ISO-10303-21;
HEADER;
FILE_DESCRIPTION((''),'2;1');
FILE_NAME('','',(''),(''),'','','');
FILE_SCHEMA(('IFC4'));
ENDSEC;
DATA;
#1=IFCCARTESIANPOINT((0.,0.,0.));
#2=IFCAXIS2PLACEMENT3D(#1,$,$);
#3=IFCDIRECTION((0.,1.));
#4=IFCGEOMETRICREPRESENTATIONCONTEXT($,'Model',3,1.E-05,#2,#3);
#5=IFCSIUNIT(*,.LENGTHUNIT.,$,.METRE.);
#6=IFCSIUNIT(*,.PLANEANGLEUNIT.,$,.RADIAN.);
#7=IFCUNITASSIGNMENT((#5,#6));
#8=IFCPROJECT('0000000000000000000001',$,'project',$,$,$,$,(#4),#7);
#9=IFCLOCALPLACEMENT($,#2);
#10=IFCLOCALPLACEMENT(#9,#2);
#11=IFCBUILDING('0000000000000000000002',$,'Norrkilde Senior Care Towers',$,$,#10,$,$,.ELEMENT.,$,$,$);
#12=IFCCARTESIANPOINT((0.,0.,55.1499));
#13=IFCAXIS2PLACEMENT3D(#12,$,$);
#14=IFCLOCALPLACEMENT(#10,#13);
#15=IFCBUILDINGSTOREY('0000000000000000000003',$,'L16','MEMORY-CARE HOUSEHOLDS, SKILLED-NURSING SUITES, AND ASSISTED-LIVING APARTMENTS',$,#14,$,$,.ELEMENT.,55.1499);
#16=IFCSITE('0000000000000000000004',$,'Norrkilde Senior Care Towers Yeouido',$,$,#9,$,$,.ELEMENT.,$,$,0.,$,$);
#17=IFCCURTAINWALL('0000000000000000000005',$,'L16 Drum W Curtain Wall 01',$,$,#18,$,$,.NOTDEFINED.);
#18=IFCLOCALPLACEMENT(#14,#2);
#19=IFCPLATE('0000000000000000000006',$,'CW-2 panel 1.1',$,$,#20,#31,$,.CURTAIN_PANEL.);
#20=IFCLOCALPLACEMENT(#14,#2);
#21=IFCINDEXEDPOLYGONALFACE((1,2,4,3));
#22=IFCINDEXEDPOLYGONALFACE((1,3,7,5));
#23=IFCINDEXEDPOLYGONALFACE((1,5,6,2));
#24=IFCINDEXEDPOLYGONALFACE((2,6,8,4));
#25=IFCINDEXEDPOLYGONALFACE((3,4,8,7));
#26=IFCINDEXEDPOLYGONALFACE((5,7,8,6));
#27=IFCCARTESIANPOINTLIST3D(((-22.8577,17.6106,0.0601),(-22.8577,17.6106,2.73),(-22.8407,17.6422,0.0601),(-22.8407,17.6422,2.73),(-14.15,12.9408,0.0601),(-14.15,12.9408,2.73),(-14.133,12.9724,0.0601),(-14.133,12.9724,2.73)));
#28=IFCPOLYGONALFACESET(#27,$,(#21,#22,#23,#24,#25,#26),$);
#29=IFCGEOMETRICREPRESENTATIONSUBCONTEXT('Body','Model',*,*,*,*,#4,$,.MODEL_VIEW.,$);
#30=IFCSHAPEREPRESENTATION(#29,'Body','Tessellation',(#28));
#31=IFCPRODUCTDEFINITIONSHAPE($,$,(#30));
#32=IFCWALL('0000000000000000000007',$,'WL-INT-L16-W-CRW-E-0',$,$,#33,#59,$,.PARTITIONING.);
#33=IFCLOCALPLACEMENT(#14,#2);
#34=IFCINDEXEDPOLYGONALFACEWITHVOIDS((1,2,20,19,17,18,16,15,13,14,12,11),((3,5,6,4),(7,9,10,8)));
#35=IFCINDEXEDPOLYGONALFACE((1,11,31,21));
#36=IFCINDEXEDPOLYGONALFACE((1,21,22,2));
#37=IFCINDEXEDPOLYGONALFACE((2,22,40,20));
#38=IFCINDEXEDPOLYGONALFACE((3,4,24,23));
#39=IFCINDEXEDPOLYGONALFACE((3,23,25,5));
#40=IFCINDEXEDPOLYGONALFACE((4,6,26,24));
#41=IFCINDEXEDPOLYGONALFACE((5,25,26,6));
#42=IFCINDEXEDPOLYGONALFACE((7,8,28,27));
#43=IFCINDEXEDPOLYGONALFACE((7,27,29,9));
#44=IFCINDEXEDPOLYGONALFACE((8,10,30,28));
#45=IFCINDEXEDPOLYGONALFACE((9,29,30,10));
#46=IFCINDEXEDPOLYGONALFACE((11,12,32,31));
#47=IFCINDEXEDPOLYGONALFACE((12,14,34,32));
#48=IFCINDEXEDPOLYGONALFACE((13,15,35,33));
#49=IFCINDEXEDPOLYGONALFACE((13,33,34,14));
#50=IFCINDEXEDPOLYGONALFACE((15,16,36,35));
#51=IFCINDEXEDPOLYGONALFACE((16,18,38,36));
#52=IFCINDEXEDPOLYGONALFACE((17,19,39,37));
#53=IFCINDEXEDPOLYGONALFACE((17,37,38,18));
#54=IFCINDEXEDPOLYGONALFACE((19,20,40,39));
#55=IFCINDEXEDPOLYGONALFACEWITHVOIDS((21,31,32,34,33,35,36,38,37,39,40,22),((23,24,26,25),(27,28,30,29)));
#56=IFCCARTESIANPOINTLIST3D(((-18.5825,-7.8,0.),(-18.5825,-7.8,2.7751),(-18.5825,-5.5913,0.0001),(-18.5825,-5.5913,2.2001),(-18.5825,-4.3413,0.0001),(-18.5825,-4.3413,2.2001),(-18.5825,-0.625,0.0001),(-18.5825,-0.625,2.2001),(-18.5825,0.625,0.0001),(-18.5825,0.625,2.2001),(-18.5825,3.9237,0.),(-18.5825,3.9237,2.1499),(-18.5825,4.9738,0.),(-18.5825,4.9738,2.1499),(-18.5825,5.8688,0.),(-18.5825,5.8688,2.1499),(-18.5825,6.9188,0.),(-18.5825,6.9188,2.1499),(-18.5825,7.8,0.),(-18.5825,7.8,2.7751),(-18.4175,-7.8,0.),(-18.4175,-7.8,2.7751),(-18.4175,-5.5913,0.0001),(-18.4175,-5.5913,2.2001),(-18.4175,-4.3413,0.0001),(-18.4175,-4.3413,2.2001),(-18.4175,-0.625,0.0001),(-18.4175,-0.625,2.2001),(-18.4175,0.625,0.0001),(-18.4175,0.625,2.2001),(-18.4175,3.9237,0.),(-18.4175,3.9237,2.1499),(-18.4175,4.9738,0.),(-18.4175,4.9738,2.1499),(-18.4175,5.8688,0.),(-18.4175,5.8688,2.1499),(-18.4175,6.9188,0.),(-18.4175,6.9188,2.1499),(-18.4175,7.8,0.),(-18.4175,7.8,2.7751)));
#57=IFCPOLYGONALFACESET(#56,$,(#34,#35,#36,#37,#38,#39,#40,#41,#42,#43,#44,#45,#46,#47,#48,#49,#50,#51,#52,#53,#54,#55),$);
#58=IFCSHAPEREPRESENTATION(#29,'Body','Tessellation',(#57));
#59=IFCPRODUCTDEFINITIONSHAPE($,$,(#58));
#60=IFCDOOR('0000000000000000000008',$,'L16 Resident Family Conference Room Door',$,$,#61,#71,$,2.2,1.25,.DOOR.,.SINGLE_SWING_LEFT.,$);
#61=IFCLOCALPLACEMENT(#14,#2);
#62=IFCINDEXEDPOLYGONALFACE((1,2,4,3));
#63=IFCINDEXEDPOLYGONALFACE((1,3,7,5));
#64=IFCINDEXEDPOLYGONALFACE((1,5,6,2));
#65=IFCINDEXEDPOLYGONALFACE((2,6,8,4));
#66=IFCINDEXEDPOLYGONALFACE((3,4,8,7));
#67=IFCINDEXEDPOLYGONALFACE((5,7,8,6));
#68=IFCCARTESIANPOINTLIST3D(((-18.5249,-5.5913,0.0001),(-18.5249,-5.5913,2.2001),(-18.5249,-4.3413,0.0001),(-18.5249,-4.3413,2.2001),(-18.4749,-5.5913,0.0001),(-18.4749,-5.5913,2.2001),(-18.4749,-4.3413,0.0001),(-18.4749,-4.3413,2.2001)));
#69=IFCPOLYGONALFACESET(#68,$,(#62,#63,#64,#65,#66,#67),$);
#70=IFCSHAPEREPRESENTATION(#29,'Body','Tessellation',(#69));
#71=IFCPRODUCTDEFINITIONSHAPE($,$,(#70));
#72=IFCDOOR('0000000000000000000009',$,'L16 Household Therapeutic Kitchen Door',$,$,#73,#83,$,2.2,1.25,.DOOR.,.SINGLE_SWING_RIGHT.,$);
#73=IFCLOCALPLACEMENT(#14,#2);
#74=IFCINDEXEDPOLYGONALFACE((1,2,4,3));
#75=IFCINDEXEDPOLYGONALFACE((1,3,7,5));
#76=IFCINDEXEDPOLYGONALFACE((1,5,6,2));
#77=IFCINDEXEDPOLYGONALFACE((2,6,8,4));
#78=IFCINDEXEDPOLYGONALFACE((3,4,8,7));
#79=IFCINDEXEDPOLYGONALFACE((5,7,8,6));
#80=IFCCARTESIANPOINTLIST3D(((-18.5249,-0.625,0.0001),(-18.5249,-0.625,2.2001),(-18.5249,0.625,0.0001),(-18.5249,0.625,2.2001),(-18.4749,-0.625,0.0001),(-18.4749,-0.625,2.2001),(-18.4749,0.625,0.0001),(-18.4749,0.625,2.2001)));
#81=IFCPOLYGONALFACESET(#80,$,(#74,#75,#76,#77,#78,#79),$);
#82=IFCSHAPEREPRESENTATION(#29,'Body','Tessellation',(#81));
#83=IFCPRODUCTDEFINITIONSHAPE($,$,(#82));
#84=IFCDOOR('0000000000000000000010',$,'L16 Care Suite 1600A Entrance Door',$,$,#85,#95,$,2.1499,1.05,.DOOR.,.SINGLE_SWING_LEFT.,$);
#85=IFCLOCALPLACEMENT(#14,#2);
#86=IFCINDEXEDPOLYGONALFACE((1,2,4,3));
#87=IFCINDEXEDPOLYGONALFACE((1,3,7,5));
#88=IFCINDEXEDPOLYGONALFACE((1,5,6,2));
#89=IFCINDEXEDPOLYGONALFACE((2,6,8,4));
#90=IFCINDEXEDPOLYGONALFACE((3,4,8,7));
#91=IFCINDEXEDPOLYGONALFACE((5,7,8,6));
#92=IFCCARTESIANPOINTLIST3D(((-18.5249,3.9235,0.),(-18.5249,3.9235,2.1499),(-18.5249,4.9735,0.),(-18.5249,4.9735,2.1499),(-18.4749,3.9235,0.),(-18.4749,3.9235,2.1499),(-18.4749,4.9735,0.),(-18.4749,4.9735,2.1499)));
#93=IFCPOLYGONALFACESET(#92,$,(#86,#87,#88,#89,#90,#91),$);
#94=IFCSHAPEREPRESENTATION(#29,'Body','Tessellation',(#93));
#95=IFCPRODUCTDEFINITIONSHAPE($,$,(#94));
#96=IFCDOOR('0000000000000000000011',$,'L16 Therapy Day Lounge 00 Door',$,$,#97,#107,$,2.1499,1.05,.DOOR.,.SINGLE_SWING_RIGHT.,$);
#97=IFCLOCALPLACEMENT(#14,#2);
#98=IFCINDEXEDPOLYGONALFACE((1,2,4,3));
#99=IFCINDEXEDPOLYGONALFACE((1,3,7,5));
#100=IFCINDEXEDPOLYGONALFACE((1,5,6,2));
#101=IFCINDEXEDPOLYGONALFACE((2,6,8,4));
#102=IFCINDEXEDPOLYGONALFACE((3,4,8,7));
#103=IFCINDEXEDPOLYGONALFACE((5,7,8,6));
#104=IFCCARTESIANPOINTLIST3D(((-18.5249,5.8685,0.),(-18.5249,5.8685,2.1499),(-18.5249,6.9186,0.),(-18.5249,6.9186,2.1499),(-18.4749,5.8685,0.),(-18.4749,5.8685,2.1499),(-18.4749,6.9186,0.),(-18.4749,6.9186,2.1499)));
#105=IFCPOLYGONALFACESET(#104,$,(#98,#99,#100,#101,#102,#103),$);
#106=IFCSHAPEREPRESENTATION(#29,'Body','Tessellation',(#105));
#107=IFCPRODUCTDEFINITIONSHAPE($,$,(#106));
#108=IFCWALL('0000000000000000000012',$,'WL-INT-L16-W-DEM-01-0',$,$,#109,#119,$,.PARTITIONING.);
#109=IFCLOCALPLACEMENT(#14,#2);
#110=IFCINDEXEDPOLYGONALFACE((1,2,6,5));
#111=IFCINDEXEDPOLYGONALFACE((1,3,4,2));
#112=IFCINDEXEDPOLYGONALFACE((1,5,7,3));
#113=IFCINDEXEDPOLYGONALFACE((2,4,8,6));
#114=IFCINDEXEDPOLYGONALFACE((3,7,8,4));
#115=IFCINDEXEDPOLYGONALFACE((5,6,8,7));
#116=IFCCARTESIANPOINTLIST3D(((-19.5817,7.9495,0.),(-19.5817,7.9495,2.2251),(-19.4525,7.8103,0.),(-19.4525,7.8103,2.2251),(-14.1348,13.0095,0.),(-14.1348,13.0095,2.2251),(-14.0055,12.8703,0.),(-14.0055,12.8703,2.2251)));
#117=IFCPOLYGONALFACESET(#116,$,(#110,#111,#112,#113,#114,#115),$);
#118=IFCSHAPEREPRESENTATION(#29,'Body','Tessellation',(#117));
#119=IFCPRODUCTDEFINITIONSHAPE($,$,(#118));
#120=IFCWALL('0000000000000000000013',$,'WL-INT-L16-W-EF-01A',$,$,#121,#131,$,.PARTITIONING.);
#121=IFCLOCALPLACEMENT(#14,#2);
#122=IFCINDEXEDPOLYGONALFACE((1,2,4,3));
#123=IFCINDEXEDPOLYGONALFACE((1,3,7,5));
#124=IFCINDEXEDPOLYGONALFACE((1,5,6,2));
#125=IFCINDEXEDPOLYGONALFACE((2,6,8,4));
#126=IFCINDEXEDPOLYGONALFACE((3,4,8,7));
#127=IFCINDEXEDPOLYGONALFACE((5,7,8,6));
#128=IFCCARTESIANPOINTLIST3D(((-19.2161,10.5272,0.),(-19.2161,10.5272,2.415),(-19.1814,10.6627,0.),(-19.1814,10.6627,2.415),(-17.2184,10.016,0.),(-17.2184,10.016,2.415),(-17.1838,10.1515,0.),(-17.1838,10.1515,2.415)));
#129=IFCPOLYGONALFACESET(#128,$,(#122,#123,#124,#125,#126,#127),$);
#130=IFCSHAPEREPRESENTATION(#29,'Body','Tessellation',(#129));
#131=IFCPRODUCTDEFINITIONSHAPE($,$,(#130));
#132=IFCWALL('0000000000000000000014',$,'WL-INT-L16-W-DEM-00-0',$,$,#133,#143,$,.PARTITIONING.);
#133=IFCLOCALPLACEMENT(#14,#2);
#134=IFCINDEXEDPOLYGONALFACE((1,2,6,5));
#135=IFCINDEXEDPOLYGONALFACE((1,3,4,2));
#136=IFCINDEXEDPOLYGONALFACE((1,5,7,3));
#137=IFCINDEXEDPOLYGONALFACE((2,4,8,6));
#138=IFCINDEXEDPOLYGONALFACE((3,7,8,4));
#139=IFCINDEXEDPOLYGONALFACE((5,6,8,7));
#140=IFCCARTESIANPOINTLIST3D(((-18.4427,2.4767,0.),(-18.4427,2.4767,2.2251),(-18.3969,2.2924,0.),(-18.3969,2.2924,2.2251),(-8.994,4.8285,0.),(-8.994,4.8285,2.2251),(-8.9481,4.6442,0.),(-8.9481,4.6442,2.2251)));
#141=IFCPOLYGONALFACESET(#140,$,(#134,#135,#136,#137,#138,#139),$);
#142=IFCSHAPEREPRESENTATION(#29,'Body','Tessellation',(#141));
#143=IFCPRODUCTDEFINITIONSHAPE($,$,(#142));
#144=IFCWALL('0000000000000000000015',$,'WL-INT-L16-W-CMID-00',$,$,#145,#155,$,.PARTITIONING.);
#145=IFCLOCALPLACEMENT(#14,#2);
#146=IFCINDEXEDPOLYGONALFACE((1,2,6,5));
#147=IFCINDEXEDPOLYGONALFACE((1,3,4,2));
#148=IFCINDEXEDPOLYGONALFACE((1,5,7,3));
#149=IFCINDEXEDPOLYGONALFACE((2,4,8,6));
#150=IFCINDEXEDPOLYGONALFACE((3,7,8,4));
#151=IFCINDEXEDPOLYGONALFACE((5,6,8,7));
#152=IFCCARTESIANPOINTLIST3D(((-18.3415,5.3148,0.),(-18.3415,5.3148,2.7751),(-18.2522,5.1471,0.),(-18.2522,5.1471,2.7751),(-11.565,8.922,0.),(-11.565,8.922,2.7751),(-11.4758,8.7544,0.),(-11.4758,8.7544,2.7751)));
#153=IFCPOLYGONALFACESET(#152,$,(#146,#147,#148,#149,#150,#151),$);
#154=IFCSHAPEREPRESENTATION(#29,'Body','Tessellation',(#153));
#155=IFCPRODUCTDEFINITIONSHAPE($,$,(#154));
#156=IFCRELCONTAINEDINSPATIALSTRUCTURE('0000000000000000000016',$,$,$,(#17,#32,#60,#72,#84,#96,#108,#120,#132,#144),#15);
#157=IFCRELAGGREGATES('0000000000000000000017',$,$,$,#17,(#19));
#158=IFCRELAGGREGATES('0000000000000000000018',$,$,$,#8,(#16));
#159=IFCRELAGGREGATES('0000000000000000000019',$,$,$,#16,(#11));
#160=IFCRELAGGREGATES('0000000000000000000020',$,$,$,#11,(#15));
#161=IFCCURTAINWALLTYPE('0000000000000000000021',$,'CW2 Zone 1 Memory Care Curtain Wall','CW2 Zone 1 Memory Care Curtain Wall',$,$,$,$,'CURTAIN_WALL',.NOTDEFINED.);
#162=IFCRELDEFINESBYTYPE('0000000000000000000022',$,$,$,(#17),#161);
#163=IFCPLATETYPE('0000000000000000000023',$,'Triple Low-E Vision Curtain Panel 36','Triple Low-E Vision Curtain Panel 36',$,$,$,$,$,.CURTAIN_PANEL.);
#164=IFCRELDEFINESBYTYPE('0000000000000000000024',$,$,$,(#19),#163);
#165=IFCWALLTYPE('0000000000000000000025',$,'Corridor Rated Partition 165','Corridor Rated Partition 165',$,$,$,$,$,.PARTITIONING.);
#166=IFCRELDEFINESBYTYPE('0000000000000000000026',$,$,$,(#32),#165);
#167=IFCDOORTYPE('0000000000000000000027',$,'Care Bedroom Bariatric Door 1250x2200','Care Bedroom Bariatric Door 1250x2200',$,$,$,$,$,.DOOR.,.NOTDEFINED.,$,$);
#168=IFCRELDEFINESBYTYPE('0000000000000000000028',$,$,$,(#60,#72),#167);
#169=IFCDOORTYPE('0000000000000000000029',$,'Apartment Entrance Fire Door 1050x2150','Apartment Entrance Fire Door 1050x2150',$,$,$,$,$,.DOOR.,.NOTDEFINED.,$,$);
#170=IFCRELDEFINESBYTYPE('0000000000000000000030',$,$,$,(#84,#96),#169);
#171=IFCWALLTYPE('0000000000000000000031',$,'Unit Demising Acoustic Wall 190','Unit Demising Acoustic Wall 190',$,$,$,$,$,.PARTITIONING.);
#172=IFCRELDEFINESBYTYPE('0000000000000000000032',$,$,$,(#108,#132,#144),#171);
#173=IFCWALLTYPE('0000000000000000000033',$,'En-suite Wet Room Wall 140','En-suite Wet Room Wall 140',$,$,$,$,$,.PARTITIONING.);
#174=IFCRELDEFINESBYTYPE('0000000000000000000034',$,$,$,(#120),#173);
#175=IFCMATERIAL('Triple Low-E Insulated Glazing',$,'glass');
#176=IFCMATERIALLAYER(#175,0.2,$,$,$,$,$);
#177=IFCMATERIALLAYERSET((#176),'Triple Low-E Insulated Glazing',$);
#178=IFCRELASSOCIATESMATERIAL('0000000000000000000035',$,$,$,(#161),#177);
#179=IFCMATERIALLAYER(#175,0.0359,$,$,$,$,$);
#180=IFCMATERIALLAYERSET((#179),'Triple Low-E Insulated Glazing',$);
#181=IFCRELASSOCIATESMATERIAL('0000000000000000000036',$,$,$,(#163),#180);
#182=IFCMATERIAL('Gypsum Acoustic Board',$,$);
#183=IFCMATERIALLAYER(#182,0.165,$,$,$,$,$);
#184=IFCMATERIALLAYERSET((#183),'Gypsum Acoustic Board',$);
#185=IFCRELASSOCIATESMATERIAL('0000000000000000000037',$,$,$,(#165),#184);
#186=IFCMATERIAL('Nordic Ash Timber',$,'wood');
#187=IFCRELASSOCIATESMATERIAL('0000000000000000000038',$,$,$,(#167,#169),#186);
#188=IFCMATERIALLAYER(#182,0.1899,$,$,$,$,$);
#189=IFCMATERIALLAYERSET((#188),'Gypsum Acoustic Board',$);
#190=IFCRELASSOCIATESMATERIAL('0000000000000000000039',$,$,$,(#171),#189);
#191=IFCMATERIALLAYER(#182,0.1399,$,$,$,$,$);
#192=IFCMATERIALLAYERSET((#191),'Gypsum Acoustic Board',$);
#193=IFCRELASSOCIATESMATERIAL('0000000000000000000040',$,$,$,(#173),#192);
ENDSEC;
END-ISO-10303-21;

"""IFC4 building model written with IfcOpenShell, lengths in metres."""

from ifc_helpers import new_model, si_unit, direction, frame, frame_2d, origin, origin_2d, place, context, subcontext, project, spatial, rectangle, extrude, source, transform, mapped, material, layer, layer_set, type_object, type_shapes, element, fill, aggregate, save


model = new_model("IFC4")

# Units and contexts
model_context = context("Model", 3, precision=1e-05, world=origin(), true_north=direction((0.0, 1.0)))
body_context = subcontext(model_context, "Body", "Model", "MODEL_VIEW")
ifc_project = project(units=[si_unit("LENGTHUNIT", "METRE"), si_unit("PLANEANGLEUNIT", "RADIAN")], contexts=[model_context])

# Site, building, storey
site_placement = place(None, origin())
site = spatial("IfcSite", under=ifc_project, at=site_placement, Name="Norrkilde Senior Care Towers Yeouido", CompositionType="ELEMENT", RefElevation=0.0)
building_placement = place(site_placement, origin())
building = spatial("IfcBuilding", under=site, at=building_placement, Name="Norrkilde Senior Care Towers", CompositionType="ELEMENT")
storey_placement = place(building_placement, frame((0.0, 0.0, 55.1499)))
storey = spatial("IfcBuildingStorey", under=building, at=storey_placement, Name="L16", Description="MEMORY-CARE HOUSEHOLDS, SKILLED-NURSING SUITES, AND ASSISTED-LIVING APARTMENTS", CompositionType="ELEMENT", Elevation=55.1499)

# Shared definitions
ifc_material_1 = material(Name="Triple Low-E Insulated Glazing", Category="glass")
ifc_layer_1 = layer(ifc_material_1, 0.2)
ifc_layer_set_1 = layer_set([ifc_layer_1], Name="Triple Low-E Insulated Glazing")
curtain_wall_type = type_object("IfcCurtainWallType", Name="CW2 Zone 1 Memory Care Curtain Wall", Description="CW2 Zone 1 Memory Care Curtain Wall", ElementType="CURTAIN_WALL", PredefinedType="NOTDEFINED", material=ifc_layer_set_1)

# Curtain wall
curtain_wall_1_placement = place(storey_placement, origin())
curtain_wall_1 = element("IfcCurtainWall", 1, at=curtain_wall_1_placement, inside=storey, type_object=curtain_wall_type, Name="L16 Drum W Curtain Wall 01", PredefinedType="NOTDEFINED")

# Plate
ifc_layer_2 = layer(ifc_material_1, 0.0359)
ifc_layer_set_2 = layer_set([ifc_layer_2], Name="Triple Low-E Insulated Glazing")
plate_type = type_object("IfcPlateType", Name="Triple Low-E Vision Curtain Panel 36", Description="Triple Low-E Vision Curtain Panel 36", PredefinedType="CURTAIN_PANEL", material=ifc_layer_set_2)
shared_shape_1 = source(origin(), body_context, "Body", "SweptSolid", [
    extrude(rectangle(XDim=9.8809, YDim=0.0359, at=origin_2d()), origin(), (0.0, 0.0, 1.0), 2.6699),
])
plate_1_placement = place(storey_placement, frame((-18.4954, 15.2915, 0.0601), z_axis=(0.0, 0.0, 1.0), x_axis=(0.881273, -0.472608, 0.0)))
plate_1 = element("IfcPlate", 2, at=plate_1_placement, type_object=plate_type, Name="CW-2 panel 1.1", PredefinedType="CURTAIN_PANEL", context=body_context, shape_type="MappedRepresentation", body=[
    mapped(shared_shape_1, transform((0.0, 0.0, 0.0), x_axis=(1.0, 0.0, 0.0), y_axis=(0.0, 1.0, 0.0), z_axis=(0.0, 0.0, 1.0), scale=1.0)),
])
aggregate(curtain_wall_1, [plate_1])

# Wall, openings, doors
ifc_material_2 = material(Name="Gypsum Acoustic Board")
ifc_layer_3 = layer(ifc_material_2, 0.165)
ifc_layer_set_3 = layer_set([ifc_layer_3], Name="Gypsum Acoustic Board")
wall_type_1 = type_object("IfcWallType", Name="Corridor Rated Partition 165", Description="Corridor Rated Partition 165", PredefinedType="PARTITIONING", material=ifc_layer_set_3)
shared_shape_2 = source(origin(), body_context, "Body", "SweptSolid", [
    extrude(rectangle(XDim=15.6001, YDim=0.165, at=frame_2d((7.8, 0.0))), origin(), (0.0, 0.0, 1.0), 2.7751),
])
type_shapes(wall_type_1, [shared_shape_2])
wall_1_placement = place(storey_placement, frame((-18.5, 7.8, 0.0), z_axis=(0.0, 0.0, 1.0), x_axis=(0.0, -1.0, 0.0)))
wall_1 = element("IfcWall", 3, at=wall_1_placement, inside=storey, type_object=wall_type_1, Name="WL-INT-L16-W-CRW-E-0", PredefinedType="PARTITIONING", context=body_context, shape_type="MappedRepresentation", body=[
    mapped(shared_shape_2, transform((0.0, 0.0, 0.0), x_axis=(1.0, 0.0, 0.0), y_axis=(0.0, 1.0, 0.0), z_axis=(0.0, 0.0, 1.0), scale=1.0)),
])
opening_1_placement = place(wall_1_placement, frame((12.1414, 0.0, 0.0)))
opening_1 = element("IfcOpeningElement", 4, at=opening_1_placement, cuts=wall_1, PredefinedType="OPENING", context=body_context, shape_type="SweptSolid", body=[
    extrude(rectangle(XDim=1.25, YDim=2.2, at=frame_2d((0.625, 1.1001))), frame((0.0, 0.0925, 0.0), z_axis=(0.0, -1.0, 0.0), x_axis=(1.0, 0.0, 0.0)), (0.0, 0.0, 1.0), 0.1851),
])
opening_2_placement = place(wall_1_placement, frame((7.175, 0.0, 0.0)))
opening_2 = element("IfcOpeningElement", 5, at=opening_2_placement, cuts=wall_1, PredefinedType="OPENING", context=body_context, shape_type="SweptSolid", body=[
    extrude(rectangle(XDim=1.25, YDim=2.2, at=frame_2d((0.625, 1.1001))), frame((0.0, 0.0925, 0.0), z_axis=(0.0, -1.0, 0.0), x_axis=(1.0, 0.0, 0.0)), (0.0, 0.0, 1.0), 0.1851),
])
opening_3_placement = place(wall_1_placement, frame((2.8264, 0.0, 0.0)))
opening_3 = element("IfcOpeningElement", 6, at=opening_3_placement, cuts=wall_1, PredefinedType="OPENING", context=body_context, shape_type="SweptSolid", body=[
    extrude(rectangle(XDim=1.05, YDim=2.1499, at=frame_2d((0.5249, 1.075))), frame((0.0, 0.0925, 0.0), z_axis=(0.0, -1.0, 0.0), x_axis=(1.0, 0.0, 0.0)), (0.0, 0.0, 1.0), 0.1851),
])
opening_4_placement = place(wall_1_placement, frame((0.8813, 0.0, 0.0)))
opening_4 = element("IfcOpeningElement", 7, at=opening_4_placement, cuts=wall_1, PredefinedType="OPENING", context=body_context, shape_type="SweptSolid", body=[
    extrude(rectangle(XDim=1.05, YDim=2.1499, at=frame_2d((0.5249, 1.075))), frame((0.0, 0.0925, 0.0), z_axis=(0.0, -1.0, 0.0), x_axis=(1.0, 0.0, 0.0)), (0.0, 0.0, 1.0), 0.1851),
])
ifc_material_3 = material(Name="Nordic Ash Timber", Category="wood")
door_type_1 = type_object("IfcDoorType", Name="Care Bedroom Bariatric Door 1250x2200", Description="Care Bedroom Bariatric Door 1250x2200", OperationType="NOTDEFINED", PredefinedType="DOOR", material=ifc_material_3)
shared_shape_3 = source(origin(), body_context, "Body", "SweptSolid", [
    extrude(rectangle(XDim=1.25, YDim=2.2, at=frame_2d((0.625, 1.1001))), frame((0.0, 0.0249, 0.0), z_axis=(0.0, -1.0, 0.0), x_axis=(1.0, 0.0, 0.0)), (0.0, 0.0, 1.0), 0.05),
])
type_shapes(door_type_1, [shared_shape_3])
door_1_placement = place(opening_1_placement, frame((1.25, 0.0, 0.0), z_axis=(0.0, 0.0, 1.0), x_axis=(-1.0, 0.0, 0.0)))
door_1 = element("IfcDoor", 8, at=door_1_placement, inside=storey, type_object=door_type_1, Name="L16 Resident Family Conference Room Door", OperationType="SINGLE_SWING_LEFT", OverallHeight=2.2, OverallWidth=1.25, PredefinedType="DOOR", context=body_context, shape_type="MappedRepresentation", body=[
    mapped(shared_shape_3, transform((0.0, 0.0, 0.0), x_axis=(1.0, 0.0, 0.0), y_axis=(0.0, 1.0, 0.0), z_axis=(0.0, 0.0, 1.0), scale=1.0)),
])
fill(opening_1, door_1)
door_2_placement = place(opening_2_placement, frame((1.25, 0.0, 0.0), z_axis=(0.0, 0.0, 1.0), x_axis=(-1.0, 0.0, 0.0)))
door_2 = element("IfcDoor", 9, at=door_2_placement, inside=storey, type_object=door_type_1, Name="L16 Household Therapeutic Kitchen Door", OperationType="SINGLE_SWING_RIGHT", OverallHeight=2.2, OverallWidth=1.25, PredefinedType="DOOR", context=body_context, shape_type="MappedRepresentation", body=[
    mapped(shared_shape_3, transform((0.0, 0.0, 0.0), x_axis=(1.0, 0.0, 0.0), y_axis=(0.0, 1.0, 0.0), z_axis=(0.0, 0.0, 1.0), scale=1.0)),
])
fill(opening_2, door_2)
door_type_2 = type_object("IfcDoorType", Name="Apartment Entrance Fire Door 1050x2150", Description="Apartment Entrance Fire Door 1050x2150", OperationType="NOTDEFINED", PredefinedType="DOOR", material=ifc_material_3)
shared_shape_4 = source(origin(), body_context, "Body", "SweptSolid", [
    extrude(rectangle(XDim=1.05, YDim=2.1499, at=frame_2d((0.5249, 1.075))), frame((0.0, 0.0249, 0.0), z_axis=(0.0, -1.0, 0.0), x_axis=(1.0, 0.0, 0.0)), (0.0, 0.0, 1.0), 0.05),
])
type_shapes(door_type_2, [shared_shape_4])
door_3_placement = place(opening_3_placement, frame((1.05, 0.0, 0.0), z_axis=(0.0, 0.0, 1.0), x_axis=(-1.0, 0.0, 0.0)))
door_3 = element("IfcDoor", 10, at=door_3_placement, inside=storey, type_object=door_type_2, Name="L16 Care Suite 1600A Entrance Door", OperationType="SINGLE_SWING_LEFT", OverallHeight=2.1499, OverallWidth=1.05, PredefinedType="DOOR", context=body_context, shape_type="MappedRepresentation", body=[
    mapped(shared_shape_4, transform((0.0, 0.0, 0.0), x_axis=(1.0, 0.0, 0.0), y_axis=(0.0, 1.0, 0.0), z_axis=(0.0, 0.0, 1.0), scale=1.0)),
])
fill(opening_3, door_3)
door_4_placement = place(opening_4_placement, frame((1.05, 0.0, 0.0), z_axis=(0.0, 0.0, 1.0), x_axis=(-1.0, 0.0, 0.0)))
door_4 = element("IfcDoor", 11, at=door_4_placement, inside=storey, type_object=door_type_2, Name="L16 Therapy Day Lounge 00 Door", OperationType="SINGLE_SWING_RIGHT", OverallHeight=2.1499, OverallWidth=1.05, PredefinedType="DOOR", context=body_context, shape_type="MappedRepresentation", body=[
    mapped(shared_shape_4, transform((0.0, 0.0, 0.0), x_axis=(1.0, 0.0, 0.0), y_axis=(0.0, 1.0, 0.0), z_axis=(0.0, 0.0, 1.0), scale=1.0)),
])
fill(opening_4, door_4)

# Walls
ifc_layer_4 = layer(ifc_material_2, 0.1899)
ifc_layer_set_4 = layer_set([ifc_layer_4], Name="Gypsum Acoustic Board")
wall_type_2 = type_object("IfcWallType", Name="Unit Demising Acoustic Wall 190", Description="Unit Demising Acoustic Wall 190", PredefinedType="PARTITIONING", material=ifc_layer_set_4)
shared_shape_5 = source(origin(), body_context, "Body", "SweptSolid", [
    extrude(rectangle(XDim=7.4346, YDim=0.1899, at=frame_2d((3.7173, 0.0))), origin(), (0.0, 0.0, 1.0), 2.2251),
])
wall_2_placement = place(storey_placement, frame((-19.5171, 7.8799, 0.0), z_axis=(0.0, 0.0, 1.0), x_axis=(0.732652, 0.680603, 0.0)))
element("IfcWall", 12, at=wall_2_placement, inside=storey, type_object=wall_type_2, Name="WL-INT-L16-W-DEM-01-0", PredefinedType="PARTITIONING", context=body_context, shape_type="MappedRepresentation", body=[
    mapped(shared_shape_5, transform((0.0, 0.0, 0.0), x_axis=(1.0, 0.0, 0.0), y_axis=(0.0, 1.0, 0.0), z_axis=(0.0, 0.0, 1.0), scale=1.0)),
])
ifc_layer_5 = layer(ifc_material_2, 0.1399)
ifc_layer_set_5 = layer_set([ifc_layer_5], Name="Gypsum Acoustic Board")
wall_type_3 = type_object("IfcWallType", Name="En-suite Wet Room Wall 140", Description="En-suite Wet Room Wall 140", PredefinedType="PARTITIONING", material=ifc_layer_set_5)
shared_shape_6 = source(origin(), body_context, "Body", "SweptSolid", [
    extrude(rectangle(XDim=2.062, YDim=0.1399, at=frame_2d((1.031, 0.0))), origin(), (0.0, 0.0, 1.0), 2.415),
])
wall_3_placement = place(storey_placement, frame((-19.1987, 10.595, 0.0), z_axis=(0.0, 0.0, 1.0), x_axis=(0.968776, -0.247937, 0.0)))
element("IfcWall", 13, at=wall_3_placement, inside=storey, type_object=wall_type_3, Name="WL-INT-L16-W-EF-01A", PredefinedType="PARTITIONING", context=body_context, shape_type="MappedRepresentation", body=[
    mapped(shared_shape_6, transform((0.0, 0.0, 0.0), x_axis=(1.0, 0.0, 0.0), y_axis=(0.0, 1.0, 0.0), z_axis=(0.0, 0.0, 1.0), scale=1.0)),
])
shared_shape_7 = source(origin(), body_context, "Body", "SweptSolid", [
    extrude(rectangle(XDim=9.7371, YDim=0.1899, at=frame_2d((4.8687, 0.0))), origin(), (0.0, 0.0, 1.0), 2.2251),
])
wall_4_placement = place(storey_placement, frame((-18.4199, 2.3845, 0.0), z_axis=(0.0, 0.0, 1.0), x_axis=(0.970393, 0.241533, 0.0)))
element("IfcWall", 14, at=wall_4_placement, inside=storey, type_object=wall_type_2, Name="WL-INT-L16-W-DEM-00-0", PredefinedType="PARTITIONING", context=body_context, shape_type="MappedRepresentation", body=[
    mapped(shared_shape_7, transform((0.0, 0.0, 0.0), x_axis=(1.0, 0.0, 0.0), y_axis=(0.0, 1.0, 0.0), z_axis=(0.0, 0.0, 1.0), scale=1.0)),
])
shared_shape_8 = source(origin(), body_context, "Body", "SweptSolid", [
    extrude(rectangle(XDim=7.6768, YDim=0.1899, at=frame_2d((3.8384, 0.0))), origin(), (0.0, 0.0, 1.0), 2.7751),
])
type_shapes(wall_type_2, [shared_shape_5, shared_shape_7, shared_shape_8])
wall_5_placement = place(storey_placement, frame((-18.2969, 5.231, 0.0), z_axis=(0.0, 0.0, 1.0), x_axis=(0.882725, 0.46989, 0.0)))
element("IfcWall", 15, at=wall_5_placement, inside=storey, type_object=wall_type_2, Name="WL-INT-L16-W-CMID-00", PredefinedType="PARTITIONING", context=body_context, shape_type="MappedRepresentation", body=[
    mapped(shared_shape_8, transform((0.0, 0.0, 0.0), x_axis=(1.0, 0.0, 0.0), y_axis=(0.0, 1.0, 0.0), z_axis=(0.0, 0.0, 1.0), scale=1.0)),
])

save(model, "model.ifc")
